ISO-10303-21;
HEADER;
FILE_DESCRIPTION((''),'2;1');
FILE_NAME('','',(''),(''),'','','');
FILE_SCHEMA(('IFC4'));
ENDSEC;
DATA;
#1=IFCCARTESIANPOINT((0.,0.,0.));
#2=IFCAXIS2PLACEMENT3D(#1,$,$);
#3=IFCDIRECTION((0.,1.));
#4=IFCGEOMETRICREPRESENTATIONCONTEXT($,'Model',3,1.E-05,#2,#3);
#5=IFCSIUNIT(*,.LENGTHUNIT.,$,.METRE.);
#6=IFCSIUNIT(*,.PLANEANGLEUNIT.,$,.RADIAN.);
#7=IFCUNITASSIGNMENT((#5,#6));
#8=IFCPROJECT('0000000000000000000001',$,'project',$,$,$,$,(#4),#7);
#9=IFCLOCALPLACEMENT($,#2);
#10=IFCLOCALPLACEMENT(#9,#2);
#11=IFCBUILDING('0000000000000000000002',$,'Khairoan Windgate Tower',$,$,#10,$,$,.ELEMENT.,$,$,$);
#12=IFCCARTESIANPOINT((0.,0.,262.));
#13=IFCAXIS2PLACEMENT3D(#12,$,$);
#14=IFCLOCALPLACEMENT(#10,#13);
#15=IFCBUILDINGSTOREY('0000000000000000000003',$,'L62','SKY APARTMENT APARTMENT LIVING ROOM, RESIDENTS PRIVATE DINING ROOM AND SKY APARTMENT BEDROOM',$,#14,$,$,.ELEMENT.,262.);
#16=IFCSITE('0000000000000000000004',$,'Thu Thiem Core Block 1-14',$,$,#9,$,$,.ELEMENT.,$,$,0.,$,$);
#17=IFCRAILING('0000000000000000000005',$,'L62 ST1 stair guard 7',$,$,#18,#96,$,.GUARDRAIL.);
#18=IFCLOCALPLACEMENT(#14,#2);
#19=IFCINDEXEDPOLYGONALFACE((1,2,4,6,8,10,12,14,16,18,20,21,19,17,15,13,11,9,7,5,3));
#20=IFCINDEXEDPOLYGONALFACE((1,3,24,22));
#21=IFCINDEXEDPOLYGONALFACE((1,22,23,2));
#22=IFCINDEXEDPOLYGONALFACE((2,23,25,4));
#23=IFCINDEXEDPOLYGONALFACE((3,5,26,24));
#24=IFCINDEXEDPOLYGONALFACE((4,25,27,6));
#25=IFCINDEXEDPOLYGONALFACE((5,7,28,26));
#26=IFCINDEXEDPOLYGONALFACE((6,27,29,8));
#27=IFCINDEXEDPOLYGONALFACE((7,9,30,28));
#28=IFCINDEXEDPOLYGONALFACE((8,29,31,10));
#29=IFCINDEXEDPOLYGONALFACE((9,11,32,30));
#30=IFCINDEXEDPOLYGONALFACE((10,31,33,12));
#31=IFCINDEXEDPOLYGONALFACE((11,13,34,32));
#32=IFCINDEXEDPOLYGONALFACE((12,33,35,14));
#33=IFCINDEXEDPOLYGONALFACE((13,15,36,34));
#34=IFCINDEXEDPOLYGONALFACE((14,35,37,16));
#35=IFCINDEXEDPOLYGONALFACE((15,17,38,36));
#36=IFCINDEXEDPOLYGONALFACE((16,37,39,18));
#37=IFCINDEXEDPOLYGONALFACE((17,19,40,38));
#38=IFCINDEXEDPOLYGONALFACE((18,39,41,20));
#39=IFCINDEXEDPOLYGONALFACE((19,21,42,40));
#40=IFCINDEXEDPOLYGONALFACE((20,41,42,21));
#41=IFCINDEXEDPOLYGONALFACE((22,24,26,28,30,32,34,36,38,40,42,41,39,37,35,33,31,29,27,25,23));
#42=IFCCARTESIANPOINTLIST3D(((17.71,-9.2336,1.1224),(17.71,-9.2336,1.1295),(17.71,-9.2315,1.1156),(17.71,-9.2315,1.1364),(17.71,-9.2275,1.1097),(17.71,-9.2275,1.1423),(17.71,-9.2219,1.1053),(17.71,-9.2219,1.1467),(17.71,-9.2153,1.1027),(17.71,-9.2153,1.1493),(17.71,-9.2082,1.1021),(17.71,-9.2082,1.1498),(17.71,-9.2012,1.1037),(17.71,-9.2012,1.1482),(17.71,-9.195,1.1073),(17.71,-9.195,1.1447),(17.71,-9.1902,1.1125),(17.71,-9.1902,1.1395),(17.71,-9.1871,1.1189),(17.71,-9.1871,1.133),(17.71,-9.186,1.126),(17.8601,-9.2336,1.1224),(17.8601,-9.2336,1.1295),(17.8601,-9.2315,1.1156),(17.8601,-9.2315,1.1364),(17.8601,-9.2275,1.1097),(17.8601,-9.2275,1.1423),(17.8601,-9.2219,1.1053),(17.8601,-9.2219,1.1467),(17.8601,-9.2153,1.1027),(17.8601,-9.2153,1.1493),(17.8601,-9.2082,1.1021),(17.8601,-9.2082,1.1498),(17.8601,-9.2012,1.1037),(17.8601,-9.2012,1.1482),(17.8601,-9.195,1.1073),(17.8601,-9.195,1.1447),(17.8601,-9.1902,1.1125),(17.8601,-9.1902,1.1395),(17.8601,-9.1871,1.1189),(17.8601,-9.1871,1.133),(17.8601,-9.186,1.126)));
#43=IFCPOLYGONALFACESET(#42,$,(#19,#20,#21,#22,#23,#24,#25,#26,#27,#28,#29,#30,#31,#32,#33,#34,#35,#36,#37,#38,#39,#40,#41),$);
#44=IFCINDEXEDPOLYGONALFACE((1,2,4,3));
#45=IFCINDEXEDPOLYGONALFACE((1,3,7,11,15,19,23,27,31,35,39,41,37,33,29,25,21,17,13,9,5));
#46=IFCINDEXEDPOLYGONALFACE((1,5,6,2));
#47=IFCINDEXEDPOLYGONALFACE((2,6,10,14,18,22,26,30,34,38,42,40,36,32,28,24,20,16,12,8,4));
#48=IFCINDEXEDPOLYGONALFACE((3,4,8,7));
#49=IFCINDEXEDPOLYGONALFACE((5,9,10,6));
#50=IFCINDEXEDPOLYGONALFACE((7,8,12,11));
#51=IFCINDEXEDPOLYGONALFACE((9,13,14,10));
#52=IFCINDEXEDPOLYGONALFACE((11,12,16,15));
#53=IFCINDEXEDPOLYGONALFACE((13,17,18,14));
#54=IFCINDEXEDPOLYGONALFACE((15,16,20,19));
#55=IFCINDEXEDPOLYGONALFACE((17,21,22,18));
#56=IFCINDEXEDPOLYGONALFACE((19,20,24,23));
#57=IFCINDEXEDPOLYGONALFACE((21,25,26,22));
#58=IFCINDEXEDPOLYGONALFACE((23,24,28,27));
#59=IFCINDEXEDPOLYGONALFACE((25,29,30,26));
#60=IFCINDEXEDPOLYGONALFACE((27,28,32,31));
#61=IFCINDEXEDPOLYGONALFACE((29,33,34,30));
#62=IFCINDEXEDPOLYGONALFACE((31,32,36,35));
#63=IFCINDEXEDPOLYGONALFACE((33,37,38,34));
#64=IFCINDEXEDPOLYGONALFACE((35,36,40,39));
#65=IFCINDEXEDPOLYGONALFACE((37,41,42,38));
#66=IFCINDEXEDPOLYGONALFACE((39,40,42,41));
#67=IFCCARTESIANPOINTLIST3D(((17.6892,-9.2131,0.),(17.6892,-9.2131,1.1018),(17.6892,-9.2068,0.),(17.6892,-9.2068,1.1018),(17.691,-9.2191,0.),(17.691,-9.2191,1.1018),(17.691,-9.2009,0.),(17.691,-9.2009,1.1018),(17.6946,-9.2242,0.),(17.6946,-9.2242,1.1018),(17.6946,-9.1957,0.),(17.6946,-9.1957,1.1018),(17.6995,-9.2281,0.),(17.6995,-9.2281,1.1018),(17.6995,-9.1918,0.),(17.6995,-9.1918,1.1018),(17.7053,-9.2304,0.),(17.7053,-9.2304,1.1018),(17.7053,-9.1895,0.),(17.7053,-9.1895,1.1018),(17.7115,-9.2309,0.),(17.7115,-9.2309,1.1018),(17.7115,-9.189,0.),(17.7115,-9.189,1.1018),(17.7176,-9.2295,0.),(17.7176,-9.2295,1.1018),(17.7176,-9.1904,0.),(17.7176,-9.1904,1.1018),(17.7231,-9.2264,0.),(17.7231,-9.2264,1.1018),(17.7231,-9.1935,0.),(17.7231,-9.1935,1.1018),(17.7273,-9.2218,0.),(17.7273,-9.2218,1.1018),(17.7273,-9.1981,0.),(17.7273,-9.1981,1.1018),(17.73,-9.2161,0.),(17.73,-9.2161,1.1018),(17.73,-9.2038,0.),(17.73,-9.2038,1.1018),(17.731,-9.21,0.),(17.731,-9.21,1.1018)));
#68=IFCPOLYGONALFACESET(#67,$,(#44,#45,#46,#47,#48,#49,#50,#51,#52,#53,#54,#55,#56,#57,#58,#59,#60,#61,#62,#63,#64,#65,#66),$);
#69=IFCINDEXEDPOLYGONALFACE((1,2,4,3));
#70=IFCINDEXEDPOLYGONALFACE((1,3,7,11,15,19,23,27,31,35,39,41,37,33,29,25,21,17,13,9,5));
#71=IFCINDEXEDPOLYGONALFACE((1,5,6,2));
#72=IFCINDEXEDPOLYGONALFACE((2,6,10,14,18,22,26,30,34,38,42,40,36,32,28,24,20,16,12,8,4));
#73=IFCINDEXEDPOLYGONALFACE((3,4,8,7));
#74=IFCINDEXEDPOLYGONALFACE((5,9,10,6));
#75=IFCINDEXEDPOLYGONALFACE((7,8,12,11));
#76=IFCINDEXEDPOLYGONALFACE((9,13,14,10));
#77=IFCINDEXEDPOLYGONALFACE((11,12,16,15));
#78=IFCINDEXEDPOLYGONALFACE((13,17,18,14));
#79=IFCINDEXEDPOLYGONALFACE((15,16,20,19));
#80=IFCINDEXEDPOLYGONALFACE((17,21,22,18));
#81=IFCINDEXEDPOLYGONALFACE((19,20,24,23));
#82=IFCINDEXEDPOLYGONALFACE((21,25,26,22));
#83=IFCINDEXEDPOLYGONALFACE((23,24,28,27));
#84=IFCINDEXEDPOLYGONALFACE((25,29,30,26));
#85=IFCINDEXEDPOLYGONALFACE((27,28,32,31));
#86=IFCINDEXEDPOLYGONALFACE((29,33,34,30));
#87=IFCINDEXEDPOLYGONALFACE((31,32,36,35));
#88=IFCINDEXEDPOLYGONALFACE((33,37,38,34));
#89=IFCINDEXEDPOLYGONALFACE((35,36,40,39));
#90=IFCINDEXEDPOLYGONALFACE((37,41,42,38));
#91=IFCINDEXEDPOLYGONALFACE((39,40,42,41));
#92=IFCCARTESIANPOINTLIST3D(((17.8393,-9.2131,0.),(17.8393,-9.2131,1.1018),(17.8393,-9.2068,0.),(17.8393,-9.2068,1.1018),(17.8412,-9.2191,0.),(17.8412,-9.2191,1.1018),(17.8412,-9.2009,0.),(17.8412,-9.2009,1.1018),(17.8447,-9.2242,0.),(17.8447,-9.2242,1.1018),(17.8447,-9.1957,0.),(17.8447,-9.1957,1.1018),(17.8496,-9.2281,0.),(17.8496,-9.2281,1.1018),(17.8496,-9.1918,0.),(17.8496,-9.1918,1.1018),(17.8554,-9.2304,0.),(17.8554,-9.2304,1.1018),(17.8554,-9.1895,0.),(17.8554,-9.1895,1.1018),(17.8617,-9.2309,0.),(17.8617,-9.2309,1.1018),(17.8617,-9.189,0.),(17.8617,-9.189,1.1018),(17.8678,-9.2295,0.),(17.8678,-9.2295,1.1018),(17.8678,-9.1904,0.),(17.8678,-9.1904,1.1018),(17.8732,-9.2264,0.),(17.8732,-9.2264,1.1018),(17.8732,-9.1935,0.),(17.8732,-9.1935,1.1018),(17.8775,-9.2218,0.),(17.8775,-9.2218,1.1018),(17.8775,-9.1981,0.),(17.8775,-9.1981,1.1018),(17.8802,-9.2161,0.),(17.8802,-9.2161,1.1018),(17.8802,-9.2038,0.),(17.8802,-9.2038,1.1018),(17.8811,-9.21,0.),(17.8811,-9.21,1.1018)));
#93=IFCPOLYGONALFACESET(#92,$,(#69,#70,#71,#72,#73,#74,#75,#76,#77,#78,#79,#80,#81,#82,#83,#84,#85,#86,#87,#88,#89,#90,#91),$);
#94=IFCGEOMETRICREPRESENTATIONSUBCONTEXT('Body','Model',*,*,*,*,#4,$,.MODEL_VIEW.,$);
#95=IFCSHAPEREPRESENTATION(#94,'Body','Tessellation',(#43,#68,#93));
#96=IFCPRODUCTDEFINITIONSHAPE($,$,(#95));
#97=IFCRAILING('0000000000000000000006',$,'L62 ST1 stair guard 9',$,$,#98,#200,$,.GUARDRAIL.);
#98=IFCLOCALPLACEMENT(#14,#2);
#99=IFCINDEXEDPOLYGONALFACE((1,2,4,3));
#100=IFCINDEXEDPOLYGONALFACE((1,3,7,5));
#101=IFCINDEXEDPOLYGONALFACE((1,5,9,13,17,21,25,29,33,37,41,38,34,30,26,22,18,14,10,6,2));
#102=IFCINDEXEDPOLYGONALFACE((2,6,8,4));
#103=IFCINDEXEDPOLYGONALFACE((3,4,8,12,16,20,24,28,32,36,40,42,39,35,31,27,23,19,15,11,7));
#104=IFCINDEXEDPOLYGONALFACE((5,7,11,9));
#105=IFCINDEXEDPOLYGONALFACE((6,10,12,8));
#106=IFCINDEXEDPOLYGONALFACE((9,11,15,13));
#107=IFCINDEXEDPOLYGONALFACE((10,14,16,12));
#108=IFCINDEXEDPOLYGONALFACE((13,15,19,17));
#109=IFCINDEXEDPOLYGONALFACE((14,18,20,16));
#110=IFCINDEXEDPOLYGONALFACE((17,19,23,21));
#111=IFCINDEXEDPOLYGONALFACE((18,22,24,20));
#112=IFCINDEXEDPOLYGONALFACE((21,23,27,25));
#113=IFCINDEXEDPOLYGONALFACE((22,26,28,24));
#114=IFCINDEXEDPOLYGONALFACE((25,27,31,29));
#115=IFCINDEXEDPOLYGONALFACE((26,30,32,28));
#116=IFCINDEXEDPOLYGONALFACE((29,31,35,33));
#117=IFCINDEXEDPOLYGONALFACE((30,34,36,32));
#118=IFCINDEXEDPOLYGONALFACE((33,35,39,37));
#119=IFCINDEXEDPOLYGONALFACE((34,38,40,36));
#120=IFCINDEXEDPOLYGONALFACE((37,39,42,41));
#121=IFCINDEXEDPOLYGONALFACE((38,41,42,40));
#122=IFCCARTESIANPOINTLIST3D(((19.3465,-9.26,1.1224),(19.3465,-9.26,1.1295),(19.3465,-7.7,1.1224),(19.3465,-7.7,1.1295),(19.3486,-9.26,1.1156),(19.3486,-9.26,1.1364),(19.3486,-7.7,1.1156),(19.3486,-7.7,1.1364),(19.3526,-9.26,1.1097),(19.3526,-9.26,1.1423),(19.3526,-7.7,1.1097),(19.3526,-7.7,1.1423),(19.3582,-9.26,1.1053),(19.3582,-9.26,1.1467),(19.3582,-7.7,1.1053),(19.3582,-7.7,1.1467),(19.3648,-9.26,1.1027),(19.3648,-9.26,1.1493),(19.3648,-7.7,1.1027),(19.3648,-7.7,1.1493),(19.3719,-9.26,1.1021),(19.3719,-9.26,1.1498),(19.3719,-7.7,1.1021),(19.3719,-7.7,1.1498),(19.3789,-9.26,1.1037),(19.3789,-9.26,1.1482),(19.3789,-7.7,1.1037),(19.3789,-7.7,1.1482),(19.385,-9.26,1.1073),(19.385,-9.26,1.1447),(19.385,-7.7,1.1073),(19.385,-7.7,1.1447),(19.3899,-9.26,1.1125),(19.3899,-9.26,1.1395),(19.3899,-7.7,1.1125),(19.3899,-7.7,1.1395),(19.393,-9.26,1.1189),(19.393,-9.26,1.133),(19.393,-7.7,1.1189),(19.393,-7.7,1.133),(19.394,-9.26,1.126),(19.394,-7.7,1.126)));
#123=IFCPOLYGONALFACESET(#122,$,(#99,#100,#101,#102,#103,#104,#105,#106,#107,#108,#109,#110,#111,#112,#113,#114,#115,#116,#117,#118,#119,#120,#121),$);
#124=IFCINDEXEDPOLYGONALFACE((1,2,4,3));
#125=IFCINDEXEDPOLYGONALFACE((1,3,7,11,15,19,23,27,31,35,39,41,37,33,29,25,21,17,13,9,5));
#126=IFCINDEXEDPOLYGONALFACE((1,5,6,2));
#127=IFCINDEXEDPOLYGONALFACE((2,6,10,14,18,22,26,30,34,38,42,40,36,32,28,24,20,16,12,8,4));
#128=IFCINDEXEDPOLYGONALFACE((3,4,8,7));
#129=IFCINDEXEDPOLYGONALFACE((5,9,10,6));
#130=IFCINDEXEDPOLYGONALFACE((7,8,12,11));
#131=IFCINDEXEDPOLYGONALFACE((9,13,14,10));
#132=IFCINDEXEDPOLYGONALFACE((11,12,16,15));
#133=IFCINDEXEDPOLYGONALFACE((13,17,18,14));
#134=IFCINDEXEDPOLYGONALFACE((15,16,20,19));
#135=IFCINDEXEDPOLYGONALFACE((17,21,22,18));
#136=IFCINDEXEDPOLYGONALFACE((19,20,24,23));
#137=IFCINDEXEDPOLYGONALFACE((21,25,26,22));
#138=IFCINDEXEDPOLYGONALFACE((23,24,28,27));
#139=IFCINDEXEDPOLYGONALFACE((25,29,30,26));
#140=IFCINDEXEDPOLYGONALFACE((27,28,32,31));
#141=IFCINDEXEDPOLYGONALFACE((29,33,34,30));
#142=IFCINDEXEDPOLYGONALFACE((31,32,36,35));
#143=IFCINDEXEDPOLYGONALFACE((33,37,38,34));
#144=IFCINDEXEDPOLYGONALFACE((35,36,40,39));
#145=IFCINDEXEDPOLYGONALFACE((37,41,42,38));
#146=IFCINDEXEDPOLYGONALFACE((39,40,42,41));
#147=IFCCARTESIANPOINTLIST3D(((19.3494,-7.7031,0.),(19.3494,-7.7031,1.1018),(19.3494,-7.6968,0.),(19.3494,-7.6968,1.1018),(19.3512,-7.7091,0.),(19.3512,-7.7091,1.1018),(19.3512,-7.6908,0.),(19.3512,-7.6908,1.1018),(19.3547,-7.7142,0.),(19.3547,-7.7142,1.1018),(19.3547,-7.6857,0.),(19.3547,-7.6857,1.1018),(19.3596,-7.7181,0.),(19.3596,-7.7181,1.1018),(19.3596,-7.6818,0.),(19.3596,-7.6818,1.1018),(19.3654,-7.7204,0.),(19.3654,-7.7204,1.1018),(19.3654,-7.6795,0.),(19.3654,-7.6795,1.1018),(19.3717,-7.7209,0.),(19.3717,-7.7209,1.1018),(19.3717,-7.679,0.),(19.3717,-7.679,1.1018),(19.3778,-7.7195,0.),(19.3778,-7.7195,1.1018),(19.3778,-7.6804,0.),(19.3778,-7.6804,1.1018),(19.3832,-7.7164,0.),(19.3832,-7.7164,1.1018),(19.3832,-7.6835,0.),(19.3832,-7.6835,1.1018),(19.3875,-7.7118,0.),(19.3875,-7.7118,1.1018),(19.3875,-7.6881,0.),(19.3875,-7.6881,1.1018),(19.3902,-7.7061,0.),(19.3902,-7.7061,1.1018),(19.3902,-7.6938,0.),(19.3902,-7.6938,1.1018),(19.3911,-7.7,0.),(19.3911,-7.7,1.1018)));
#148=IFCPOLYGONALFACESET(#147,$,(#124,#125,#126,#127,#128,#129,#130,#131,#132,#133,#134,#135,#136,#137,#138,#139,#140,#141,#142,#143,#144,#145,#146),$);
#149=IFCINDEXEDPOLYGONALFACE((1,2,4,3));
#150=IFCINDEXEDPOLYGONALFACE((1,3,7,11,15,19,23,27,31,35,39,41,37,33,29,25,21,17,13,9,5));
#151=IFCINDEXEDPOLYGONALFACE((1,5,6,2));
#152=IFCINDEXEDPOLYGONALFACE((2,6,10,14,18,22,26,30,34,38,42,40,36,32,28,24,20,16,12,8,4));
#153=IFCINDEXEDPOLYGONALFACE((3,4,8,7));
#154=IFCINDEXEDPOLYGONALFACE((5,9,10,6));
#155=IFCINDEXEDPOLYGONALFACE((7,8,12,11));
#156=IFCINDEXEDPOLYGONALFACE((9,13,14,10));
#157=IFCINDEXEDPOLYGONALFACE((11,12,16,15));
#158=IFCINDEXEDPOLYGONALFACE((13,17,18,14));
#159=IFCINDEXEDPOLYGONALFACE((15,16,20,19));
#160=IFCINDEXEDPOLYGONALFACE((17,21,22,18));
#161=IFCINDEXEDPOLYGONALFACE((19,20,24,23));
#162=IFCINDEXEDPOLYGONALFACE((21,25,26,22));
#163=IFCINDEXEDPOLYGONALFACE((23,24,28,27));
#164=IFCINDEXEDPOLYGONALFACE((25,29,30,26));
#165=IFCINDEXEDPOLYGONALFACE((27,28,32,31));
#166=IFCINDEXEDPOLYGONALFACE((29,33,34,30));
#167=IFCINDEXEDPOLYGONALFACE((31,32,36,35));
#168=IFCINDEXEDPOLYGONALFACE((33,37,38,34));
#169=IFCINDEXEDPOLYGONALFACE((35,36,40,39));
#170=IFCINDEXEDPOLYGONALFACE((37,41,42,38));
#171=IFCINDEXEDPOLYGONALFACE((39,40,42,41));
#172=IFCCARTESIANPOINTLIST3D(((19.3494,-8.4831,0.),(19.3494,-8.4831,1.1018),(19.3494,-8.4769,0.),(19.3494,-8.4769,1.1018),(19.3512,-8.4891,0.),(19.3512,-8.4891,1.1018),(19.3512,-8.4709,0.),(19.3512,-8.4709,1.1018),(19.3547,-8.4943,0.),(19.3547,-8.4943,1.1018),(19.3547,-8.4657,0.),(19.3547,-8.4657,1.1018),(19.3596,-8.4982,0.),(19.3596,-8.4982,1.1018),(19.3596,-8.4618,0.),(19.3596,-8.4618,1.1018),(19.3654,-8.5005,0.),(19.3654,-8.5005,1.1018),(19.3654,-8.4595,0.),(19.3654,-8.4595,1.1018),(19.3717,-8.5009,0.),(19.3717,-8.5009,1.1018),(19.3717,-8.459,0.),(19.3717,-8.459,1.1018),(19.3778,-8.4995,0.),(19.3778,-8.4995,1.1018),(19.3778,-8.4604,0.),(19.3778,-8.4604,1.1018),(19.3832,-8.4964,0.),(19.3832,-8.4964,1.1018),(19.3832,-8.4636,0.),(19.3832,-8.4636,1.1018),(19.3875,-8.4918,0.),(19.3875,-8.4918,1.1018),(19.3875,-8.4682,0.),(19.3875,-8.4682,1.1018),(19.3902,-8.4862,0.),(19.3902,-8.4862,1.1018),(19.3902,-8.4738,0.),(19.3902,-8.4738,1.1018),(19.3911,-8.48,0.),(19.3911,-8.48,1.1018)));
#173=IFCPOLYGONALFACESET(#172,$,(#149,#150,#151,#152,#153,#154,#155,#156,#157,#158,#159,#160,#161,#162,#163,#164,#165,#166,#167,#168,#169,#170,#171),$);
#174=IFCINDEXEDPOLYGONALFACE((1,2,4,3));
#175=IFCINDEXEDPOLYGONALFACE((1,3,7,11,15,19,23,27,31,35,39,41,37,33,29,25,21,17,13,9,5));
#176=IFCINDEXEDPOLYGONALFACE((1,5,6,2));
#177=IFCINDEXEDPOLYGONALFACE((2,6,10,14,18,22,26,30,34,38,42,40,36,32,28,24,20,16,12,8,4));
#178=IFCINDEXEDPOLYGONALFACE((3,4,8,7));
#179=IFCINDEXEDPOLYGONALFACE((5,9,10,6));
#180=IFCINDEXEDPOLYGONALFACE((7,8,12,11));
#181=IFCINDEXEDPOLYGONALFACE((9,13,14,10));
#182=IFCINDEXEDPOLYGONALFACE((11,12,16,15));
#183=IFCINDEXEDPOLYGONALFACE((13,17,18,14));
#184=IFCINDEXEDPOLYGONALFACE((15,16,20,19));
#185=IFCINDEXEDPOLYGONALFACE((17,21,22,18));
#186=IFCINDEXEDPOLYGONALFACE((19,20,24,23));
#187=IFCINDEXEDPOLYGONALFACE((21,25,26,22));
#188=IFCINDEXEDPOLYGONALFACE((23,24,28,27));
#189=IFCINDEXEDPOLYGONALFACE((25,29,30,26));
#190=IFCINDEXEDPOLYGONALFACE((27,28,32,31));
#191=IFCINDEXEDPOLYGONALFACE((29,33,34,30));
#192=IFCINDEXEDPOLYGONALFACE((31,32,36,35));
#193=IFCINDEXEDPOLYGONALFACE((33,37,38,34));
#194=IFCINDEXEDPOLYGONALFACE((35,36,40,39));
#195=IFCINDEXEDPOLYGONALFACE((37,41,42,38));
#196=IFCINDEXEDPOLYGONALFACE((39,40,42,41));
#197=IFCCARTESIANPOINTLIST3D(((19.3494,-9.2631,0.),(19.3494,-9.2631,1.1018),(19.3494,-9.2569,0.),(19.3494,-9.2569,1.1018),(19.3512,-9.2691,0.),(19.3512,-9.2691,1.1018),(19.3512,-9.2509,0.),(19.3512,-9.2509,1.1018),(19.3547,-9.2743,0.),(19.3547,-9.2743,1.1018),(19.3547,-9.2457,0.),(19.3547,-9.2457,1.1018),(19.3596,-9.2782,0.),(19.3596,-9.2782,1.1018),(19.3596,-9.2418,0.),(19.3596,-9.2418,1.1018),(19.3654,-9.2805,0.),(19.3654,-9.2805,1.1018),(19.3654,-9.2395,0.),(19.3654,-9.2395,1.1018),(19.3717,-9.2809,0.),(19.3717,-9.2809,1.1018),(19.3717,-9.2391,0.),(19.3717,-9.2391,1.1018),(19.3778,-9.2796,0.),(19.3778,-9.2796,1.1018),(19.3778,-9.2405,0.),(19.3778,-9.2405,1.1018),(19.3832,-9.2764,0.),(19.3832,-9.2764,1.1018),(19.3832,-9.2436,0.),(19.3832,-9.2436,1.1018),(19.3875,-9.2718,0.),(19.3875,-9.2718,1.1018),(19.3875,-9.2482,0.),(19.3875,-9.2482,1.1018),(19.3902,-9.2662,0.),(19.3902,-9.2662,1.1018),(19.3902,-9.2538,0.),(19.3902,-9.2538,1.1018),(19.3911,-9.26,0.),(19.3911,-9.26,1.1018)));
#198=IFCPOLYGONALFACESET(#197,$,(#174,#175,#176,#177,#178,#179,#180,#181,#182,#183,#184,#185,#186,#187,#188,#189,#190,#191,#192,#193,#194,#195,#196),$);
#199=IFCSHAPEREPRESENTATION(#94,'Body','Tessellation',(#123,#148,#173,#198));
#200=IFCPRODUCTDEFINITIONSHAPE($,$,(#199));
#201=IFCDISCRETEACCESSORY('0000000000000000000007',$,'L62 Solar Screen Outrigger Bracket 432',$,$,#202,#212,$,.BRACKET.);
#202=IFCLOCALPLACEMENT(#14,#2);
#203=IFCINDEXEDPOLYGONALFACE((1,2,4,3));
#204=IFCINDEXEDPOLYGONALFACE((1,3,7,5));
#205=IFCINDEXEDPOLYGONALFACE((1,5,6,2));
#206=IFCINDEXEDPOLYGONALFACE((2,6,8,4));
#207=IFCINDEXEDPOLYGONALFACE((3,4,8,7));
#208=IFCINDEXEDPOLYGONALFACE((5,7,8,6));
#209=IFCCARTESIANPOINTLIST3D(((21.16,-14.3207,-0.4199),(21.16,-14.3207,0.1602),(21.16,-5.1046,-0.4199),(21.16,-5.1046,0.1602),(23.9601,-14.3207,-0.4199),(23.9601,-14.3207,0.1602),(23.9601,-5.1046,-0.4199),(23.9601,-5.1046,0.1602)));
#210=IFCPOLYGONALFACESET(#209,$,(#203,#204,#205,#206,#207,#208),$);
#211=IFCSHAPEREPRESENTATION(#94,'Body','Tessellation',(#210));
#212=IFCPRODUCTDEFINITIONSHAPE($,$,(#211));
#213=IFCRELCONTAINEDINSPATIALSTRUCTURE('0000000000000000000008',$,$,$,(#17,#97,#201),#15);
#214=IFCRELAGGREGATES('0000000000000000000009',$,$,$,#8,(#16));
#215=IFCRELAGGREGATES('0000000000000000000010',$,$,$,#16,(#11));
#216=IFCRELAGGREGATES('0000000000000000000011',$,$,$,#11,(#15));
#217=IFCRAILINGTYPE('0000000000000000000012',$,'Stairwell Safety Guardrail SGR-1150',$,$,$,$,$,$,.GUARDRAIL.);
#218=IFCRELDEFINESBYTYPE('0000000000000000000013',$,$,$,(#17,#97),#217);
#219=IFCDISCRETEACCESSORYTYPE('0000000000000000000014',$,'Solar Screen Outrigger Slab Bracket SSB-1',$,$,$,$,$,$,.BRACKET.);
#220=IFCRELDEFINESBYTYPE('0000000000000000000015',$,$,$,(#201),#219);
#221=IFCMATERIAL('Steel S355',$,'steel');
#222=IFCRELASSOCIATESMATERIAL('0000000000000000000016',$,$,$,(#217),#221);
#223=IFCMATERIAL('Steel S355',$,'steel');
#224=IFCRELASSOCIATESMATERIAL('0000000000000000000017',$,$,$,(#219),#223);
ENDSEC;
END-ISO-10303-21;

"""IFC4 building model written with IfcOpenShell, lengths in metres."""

from ifc_helpers import new_model, si_unit, direction, frame, origin, origin_2d, place, context, subcontext, project, spatial, rectangle, circle, extrude, material, type_object, element, save


model = new_model("IFC4")

# Units and contexts
model_context = context("Model", 3, precision=1e-05, world=origin(), true_north=direction((0.0, 1.0)))
body_context = subcontext(model_context, "Body", "Model", "MODEL_VIEW")
ifc_project = project(units=[si_unit("LENGTHUNIT", "METRE"), si_unit("PLANEANGLEUNIT", "RADIAN")], contexts=[model_context])

# Site, building, storey
site_placement = place(None, origin())
site = spatial("IfcSite", under=ifc_project, at=site_placement, Name="Thu Thiem Core Block 1-14", CompositionType="ELEMENT", RefElevation=0.0)
building_placement = place(site_placement, origin())
building = spatial("IfcBuilding", under=site, at=building_placement, Name="Khairoan Windgate Tower", CompositionType="ELEMENT")
storey_placement = place(building_placement, frame((0.0, 0.0, 262.0)))
storey = spatial("IfcBuildingStorey", under=building, at=storey_placement, Name="L62", Description="SKY APARTMENT APARTMENT LIVING ROOM, RESIDENTS PRIVATE DINING ROOM AND SKY APARTMENT BEDROOM", CompositionType="ELEMENT", Elevation=262.0)

# Railings
ifc_material_1 = material(Name="Steel S355", Category="steel")
railing_type_1 = type_object("IfcRailingType", Name="Stairwell Safety Guardrail SGR-1150", PredefinedType="GUARDRAIL", material=ifc_material_1)
railing_1_placement = place(storey_placement, frame((17.71, -9.21, 0.0)))
element("IfcRailing", 1, at=railing_1_placement, inside=storey, type_object=railing_type_1, Name="L62 ST1 stair guard 7", PredefinedType="GUARDRAIL", context=body_context, shape_type="SweptSolid", body=[
    extrude(circle(Radius=0.0239, at=origin_2d()), frame((0.0, 0.0, 1.126), z_axis=(1.0, 0.0, 0.0), x_axis=(0.0, 1.0, 0.0)), (0.0, 0.0, 1.0), 0.1501),
    extrude(circle(Radius=0.021, at=origin_2d()), origin(), (0.0, 0.0, 1.0), 1.1018),
    extrude(circle(Radius=0.021, at=origin_2d()), frame((0.1501, 0.0, 0.0)), (0.0, 0.0, 1.0), 1.1018),
])
railing_2_placement = place(storey_placement, frame((19.3701, -7.7, 0.0)))
element("IfcRailing", 2, at=railing_2_placement, inside=storey, type_object=railing_type_1, Name="L62 ST1 stair guard 9", PredefinedType="GUARDRAIL", context=body_context, shape_type="SweptSolid", body=[
    extrude(circle(Radius=0.0239, at=origin_2d()), frame((0.0, 0.0, 1.126), z_axis=(0.0, -1.0, 0.0), x_axis=(1.0, 0.0, 0.0)), (0.0, 0.0, 1.0), 1.5601),
    extrude(circle(Radius=0.021, at=origin_2d()), origin(), (0.0, 0.0, 1.0), 1.1018),
    extrude(circle(Radius=0.021, at=origin_2d()), frame((0.0, -0.78, 0.0)), (0.0, 0.0, 1.0), 1.1018),
    extrude(circle(Radius=0.021, at=origin_2d()), frame((0.0, -1.5601, 0.0)), (0.0, 0.0, 1.0), 1.1018),
])

# Discrete accessory
ifc_material_2 = material(Name="Steel S355", Category="steel")
discrete_accessory_type = type_object("IfcDiscreteAccessoryType", Name="Solar Screen Outrigger Slab Bracket SSB-1", PredefinedType="BRACKET", material=ifc_material_2)
discrete_accessory_placement = place(storey_placement, frame((22.5601, -9.7126, -0.4199), z_axis=(0.0, 0.0, 1.0), x_axis=(0.0, -1.0, 0.0)))
element("IfcDiscreteAccessory", 3, at=discrete_accessory_placement, inside=storey, type_object=discrete_accessory_type, Name="L62 Solar Screen Outrigger Bracket 432", PredefinedType="BRACKET", context=body_context, shape_type="SweptSolid", body=[
    extrude(rectangle(XDim=9.2161, YDim=2.8, at=origin_2d()), origin(), (0.0, 0.0, 1.0), 0.5801),
])

save(model, "model.ifc")
